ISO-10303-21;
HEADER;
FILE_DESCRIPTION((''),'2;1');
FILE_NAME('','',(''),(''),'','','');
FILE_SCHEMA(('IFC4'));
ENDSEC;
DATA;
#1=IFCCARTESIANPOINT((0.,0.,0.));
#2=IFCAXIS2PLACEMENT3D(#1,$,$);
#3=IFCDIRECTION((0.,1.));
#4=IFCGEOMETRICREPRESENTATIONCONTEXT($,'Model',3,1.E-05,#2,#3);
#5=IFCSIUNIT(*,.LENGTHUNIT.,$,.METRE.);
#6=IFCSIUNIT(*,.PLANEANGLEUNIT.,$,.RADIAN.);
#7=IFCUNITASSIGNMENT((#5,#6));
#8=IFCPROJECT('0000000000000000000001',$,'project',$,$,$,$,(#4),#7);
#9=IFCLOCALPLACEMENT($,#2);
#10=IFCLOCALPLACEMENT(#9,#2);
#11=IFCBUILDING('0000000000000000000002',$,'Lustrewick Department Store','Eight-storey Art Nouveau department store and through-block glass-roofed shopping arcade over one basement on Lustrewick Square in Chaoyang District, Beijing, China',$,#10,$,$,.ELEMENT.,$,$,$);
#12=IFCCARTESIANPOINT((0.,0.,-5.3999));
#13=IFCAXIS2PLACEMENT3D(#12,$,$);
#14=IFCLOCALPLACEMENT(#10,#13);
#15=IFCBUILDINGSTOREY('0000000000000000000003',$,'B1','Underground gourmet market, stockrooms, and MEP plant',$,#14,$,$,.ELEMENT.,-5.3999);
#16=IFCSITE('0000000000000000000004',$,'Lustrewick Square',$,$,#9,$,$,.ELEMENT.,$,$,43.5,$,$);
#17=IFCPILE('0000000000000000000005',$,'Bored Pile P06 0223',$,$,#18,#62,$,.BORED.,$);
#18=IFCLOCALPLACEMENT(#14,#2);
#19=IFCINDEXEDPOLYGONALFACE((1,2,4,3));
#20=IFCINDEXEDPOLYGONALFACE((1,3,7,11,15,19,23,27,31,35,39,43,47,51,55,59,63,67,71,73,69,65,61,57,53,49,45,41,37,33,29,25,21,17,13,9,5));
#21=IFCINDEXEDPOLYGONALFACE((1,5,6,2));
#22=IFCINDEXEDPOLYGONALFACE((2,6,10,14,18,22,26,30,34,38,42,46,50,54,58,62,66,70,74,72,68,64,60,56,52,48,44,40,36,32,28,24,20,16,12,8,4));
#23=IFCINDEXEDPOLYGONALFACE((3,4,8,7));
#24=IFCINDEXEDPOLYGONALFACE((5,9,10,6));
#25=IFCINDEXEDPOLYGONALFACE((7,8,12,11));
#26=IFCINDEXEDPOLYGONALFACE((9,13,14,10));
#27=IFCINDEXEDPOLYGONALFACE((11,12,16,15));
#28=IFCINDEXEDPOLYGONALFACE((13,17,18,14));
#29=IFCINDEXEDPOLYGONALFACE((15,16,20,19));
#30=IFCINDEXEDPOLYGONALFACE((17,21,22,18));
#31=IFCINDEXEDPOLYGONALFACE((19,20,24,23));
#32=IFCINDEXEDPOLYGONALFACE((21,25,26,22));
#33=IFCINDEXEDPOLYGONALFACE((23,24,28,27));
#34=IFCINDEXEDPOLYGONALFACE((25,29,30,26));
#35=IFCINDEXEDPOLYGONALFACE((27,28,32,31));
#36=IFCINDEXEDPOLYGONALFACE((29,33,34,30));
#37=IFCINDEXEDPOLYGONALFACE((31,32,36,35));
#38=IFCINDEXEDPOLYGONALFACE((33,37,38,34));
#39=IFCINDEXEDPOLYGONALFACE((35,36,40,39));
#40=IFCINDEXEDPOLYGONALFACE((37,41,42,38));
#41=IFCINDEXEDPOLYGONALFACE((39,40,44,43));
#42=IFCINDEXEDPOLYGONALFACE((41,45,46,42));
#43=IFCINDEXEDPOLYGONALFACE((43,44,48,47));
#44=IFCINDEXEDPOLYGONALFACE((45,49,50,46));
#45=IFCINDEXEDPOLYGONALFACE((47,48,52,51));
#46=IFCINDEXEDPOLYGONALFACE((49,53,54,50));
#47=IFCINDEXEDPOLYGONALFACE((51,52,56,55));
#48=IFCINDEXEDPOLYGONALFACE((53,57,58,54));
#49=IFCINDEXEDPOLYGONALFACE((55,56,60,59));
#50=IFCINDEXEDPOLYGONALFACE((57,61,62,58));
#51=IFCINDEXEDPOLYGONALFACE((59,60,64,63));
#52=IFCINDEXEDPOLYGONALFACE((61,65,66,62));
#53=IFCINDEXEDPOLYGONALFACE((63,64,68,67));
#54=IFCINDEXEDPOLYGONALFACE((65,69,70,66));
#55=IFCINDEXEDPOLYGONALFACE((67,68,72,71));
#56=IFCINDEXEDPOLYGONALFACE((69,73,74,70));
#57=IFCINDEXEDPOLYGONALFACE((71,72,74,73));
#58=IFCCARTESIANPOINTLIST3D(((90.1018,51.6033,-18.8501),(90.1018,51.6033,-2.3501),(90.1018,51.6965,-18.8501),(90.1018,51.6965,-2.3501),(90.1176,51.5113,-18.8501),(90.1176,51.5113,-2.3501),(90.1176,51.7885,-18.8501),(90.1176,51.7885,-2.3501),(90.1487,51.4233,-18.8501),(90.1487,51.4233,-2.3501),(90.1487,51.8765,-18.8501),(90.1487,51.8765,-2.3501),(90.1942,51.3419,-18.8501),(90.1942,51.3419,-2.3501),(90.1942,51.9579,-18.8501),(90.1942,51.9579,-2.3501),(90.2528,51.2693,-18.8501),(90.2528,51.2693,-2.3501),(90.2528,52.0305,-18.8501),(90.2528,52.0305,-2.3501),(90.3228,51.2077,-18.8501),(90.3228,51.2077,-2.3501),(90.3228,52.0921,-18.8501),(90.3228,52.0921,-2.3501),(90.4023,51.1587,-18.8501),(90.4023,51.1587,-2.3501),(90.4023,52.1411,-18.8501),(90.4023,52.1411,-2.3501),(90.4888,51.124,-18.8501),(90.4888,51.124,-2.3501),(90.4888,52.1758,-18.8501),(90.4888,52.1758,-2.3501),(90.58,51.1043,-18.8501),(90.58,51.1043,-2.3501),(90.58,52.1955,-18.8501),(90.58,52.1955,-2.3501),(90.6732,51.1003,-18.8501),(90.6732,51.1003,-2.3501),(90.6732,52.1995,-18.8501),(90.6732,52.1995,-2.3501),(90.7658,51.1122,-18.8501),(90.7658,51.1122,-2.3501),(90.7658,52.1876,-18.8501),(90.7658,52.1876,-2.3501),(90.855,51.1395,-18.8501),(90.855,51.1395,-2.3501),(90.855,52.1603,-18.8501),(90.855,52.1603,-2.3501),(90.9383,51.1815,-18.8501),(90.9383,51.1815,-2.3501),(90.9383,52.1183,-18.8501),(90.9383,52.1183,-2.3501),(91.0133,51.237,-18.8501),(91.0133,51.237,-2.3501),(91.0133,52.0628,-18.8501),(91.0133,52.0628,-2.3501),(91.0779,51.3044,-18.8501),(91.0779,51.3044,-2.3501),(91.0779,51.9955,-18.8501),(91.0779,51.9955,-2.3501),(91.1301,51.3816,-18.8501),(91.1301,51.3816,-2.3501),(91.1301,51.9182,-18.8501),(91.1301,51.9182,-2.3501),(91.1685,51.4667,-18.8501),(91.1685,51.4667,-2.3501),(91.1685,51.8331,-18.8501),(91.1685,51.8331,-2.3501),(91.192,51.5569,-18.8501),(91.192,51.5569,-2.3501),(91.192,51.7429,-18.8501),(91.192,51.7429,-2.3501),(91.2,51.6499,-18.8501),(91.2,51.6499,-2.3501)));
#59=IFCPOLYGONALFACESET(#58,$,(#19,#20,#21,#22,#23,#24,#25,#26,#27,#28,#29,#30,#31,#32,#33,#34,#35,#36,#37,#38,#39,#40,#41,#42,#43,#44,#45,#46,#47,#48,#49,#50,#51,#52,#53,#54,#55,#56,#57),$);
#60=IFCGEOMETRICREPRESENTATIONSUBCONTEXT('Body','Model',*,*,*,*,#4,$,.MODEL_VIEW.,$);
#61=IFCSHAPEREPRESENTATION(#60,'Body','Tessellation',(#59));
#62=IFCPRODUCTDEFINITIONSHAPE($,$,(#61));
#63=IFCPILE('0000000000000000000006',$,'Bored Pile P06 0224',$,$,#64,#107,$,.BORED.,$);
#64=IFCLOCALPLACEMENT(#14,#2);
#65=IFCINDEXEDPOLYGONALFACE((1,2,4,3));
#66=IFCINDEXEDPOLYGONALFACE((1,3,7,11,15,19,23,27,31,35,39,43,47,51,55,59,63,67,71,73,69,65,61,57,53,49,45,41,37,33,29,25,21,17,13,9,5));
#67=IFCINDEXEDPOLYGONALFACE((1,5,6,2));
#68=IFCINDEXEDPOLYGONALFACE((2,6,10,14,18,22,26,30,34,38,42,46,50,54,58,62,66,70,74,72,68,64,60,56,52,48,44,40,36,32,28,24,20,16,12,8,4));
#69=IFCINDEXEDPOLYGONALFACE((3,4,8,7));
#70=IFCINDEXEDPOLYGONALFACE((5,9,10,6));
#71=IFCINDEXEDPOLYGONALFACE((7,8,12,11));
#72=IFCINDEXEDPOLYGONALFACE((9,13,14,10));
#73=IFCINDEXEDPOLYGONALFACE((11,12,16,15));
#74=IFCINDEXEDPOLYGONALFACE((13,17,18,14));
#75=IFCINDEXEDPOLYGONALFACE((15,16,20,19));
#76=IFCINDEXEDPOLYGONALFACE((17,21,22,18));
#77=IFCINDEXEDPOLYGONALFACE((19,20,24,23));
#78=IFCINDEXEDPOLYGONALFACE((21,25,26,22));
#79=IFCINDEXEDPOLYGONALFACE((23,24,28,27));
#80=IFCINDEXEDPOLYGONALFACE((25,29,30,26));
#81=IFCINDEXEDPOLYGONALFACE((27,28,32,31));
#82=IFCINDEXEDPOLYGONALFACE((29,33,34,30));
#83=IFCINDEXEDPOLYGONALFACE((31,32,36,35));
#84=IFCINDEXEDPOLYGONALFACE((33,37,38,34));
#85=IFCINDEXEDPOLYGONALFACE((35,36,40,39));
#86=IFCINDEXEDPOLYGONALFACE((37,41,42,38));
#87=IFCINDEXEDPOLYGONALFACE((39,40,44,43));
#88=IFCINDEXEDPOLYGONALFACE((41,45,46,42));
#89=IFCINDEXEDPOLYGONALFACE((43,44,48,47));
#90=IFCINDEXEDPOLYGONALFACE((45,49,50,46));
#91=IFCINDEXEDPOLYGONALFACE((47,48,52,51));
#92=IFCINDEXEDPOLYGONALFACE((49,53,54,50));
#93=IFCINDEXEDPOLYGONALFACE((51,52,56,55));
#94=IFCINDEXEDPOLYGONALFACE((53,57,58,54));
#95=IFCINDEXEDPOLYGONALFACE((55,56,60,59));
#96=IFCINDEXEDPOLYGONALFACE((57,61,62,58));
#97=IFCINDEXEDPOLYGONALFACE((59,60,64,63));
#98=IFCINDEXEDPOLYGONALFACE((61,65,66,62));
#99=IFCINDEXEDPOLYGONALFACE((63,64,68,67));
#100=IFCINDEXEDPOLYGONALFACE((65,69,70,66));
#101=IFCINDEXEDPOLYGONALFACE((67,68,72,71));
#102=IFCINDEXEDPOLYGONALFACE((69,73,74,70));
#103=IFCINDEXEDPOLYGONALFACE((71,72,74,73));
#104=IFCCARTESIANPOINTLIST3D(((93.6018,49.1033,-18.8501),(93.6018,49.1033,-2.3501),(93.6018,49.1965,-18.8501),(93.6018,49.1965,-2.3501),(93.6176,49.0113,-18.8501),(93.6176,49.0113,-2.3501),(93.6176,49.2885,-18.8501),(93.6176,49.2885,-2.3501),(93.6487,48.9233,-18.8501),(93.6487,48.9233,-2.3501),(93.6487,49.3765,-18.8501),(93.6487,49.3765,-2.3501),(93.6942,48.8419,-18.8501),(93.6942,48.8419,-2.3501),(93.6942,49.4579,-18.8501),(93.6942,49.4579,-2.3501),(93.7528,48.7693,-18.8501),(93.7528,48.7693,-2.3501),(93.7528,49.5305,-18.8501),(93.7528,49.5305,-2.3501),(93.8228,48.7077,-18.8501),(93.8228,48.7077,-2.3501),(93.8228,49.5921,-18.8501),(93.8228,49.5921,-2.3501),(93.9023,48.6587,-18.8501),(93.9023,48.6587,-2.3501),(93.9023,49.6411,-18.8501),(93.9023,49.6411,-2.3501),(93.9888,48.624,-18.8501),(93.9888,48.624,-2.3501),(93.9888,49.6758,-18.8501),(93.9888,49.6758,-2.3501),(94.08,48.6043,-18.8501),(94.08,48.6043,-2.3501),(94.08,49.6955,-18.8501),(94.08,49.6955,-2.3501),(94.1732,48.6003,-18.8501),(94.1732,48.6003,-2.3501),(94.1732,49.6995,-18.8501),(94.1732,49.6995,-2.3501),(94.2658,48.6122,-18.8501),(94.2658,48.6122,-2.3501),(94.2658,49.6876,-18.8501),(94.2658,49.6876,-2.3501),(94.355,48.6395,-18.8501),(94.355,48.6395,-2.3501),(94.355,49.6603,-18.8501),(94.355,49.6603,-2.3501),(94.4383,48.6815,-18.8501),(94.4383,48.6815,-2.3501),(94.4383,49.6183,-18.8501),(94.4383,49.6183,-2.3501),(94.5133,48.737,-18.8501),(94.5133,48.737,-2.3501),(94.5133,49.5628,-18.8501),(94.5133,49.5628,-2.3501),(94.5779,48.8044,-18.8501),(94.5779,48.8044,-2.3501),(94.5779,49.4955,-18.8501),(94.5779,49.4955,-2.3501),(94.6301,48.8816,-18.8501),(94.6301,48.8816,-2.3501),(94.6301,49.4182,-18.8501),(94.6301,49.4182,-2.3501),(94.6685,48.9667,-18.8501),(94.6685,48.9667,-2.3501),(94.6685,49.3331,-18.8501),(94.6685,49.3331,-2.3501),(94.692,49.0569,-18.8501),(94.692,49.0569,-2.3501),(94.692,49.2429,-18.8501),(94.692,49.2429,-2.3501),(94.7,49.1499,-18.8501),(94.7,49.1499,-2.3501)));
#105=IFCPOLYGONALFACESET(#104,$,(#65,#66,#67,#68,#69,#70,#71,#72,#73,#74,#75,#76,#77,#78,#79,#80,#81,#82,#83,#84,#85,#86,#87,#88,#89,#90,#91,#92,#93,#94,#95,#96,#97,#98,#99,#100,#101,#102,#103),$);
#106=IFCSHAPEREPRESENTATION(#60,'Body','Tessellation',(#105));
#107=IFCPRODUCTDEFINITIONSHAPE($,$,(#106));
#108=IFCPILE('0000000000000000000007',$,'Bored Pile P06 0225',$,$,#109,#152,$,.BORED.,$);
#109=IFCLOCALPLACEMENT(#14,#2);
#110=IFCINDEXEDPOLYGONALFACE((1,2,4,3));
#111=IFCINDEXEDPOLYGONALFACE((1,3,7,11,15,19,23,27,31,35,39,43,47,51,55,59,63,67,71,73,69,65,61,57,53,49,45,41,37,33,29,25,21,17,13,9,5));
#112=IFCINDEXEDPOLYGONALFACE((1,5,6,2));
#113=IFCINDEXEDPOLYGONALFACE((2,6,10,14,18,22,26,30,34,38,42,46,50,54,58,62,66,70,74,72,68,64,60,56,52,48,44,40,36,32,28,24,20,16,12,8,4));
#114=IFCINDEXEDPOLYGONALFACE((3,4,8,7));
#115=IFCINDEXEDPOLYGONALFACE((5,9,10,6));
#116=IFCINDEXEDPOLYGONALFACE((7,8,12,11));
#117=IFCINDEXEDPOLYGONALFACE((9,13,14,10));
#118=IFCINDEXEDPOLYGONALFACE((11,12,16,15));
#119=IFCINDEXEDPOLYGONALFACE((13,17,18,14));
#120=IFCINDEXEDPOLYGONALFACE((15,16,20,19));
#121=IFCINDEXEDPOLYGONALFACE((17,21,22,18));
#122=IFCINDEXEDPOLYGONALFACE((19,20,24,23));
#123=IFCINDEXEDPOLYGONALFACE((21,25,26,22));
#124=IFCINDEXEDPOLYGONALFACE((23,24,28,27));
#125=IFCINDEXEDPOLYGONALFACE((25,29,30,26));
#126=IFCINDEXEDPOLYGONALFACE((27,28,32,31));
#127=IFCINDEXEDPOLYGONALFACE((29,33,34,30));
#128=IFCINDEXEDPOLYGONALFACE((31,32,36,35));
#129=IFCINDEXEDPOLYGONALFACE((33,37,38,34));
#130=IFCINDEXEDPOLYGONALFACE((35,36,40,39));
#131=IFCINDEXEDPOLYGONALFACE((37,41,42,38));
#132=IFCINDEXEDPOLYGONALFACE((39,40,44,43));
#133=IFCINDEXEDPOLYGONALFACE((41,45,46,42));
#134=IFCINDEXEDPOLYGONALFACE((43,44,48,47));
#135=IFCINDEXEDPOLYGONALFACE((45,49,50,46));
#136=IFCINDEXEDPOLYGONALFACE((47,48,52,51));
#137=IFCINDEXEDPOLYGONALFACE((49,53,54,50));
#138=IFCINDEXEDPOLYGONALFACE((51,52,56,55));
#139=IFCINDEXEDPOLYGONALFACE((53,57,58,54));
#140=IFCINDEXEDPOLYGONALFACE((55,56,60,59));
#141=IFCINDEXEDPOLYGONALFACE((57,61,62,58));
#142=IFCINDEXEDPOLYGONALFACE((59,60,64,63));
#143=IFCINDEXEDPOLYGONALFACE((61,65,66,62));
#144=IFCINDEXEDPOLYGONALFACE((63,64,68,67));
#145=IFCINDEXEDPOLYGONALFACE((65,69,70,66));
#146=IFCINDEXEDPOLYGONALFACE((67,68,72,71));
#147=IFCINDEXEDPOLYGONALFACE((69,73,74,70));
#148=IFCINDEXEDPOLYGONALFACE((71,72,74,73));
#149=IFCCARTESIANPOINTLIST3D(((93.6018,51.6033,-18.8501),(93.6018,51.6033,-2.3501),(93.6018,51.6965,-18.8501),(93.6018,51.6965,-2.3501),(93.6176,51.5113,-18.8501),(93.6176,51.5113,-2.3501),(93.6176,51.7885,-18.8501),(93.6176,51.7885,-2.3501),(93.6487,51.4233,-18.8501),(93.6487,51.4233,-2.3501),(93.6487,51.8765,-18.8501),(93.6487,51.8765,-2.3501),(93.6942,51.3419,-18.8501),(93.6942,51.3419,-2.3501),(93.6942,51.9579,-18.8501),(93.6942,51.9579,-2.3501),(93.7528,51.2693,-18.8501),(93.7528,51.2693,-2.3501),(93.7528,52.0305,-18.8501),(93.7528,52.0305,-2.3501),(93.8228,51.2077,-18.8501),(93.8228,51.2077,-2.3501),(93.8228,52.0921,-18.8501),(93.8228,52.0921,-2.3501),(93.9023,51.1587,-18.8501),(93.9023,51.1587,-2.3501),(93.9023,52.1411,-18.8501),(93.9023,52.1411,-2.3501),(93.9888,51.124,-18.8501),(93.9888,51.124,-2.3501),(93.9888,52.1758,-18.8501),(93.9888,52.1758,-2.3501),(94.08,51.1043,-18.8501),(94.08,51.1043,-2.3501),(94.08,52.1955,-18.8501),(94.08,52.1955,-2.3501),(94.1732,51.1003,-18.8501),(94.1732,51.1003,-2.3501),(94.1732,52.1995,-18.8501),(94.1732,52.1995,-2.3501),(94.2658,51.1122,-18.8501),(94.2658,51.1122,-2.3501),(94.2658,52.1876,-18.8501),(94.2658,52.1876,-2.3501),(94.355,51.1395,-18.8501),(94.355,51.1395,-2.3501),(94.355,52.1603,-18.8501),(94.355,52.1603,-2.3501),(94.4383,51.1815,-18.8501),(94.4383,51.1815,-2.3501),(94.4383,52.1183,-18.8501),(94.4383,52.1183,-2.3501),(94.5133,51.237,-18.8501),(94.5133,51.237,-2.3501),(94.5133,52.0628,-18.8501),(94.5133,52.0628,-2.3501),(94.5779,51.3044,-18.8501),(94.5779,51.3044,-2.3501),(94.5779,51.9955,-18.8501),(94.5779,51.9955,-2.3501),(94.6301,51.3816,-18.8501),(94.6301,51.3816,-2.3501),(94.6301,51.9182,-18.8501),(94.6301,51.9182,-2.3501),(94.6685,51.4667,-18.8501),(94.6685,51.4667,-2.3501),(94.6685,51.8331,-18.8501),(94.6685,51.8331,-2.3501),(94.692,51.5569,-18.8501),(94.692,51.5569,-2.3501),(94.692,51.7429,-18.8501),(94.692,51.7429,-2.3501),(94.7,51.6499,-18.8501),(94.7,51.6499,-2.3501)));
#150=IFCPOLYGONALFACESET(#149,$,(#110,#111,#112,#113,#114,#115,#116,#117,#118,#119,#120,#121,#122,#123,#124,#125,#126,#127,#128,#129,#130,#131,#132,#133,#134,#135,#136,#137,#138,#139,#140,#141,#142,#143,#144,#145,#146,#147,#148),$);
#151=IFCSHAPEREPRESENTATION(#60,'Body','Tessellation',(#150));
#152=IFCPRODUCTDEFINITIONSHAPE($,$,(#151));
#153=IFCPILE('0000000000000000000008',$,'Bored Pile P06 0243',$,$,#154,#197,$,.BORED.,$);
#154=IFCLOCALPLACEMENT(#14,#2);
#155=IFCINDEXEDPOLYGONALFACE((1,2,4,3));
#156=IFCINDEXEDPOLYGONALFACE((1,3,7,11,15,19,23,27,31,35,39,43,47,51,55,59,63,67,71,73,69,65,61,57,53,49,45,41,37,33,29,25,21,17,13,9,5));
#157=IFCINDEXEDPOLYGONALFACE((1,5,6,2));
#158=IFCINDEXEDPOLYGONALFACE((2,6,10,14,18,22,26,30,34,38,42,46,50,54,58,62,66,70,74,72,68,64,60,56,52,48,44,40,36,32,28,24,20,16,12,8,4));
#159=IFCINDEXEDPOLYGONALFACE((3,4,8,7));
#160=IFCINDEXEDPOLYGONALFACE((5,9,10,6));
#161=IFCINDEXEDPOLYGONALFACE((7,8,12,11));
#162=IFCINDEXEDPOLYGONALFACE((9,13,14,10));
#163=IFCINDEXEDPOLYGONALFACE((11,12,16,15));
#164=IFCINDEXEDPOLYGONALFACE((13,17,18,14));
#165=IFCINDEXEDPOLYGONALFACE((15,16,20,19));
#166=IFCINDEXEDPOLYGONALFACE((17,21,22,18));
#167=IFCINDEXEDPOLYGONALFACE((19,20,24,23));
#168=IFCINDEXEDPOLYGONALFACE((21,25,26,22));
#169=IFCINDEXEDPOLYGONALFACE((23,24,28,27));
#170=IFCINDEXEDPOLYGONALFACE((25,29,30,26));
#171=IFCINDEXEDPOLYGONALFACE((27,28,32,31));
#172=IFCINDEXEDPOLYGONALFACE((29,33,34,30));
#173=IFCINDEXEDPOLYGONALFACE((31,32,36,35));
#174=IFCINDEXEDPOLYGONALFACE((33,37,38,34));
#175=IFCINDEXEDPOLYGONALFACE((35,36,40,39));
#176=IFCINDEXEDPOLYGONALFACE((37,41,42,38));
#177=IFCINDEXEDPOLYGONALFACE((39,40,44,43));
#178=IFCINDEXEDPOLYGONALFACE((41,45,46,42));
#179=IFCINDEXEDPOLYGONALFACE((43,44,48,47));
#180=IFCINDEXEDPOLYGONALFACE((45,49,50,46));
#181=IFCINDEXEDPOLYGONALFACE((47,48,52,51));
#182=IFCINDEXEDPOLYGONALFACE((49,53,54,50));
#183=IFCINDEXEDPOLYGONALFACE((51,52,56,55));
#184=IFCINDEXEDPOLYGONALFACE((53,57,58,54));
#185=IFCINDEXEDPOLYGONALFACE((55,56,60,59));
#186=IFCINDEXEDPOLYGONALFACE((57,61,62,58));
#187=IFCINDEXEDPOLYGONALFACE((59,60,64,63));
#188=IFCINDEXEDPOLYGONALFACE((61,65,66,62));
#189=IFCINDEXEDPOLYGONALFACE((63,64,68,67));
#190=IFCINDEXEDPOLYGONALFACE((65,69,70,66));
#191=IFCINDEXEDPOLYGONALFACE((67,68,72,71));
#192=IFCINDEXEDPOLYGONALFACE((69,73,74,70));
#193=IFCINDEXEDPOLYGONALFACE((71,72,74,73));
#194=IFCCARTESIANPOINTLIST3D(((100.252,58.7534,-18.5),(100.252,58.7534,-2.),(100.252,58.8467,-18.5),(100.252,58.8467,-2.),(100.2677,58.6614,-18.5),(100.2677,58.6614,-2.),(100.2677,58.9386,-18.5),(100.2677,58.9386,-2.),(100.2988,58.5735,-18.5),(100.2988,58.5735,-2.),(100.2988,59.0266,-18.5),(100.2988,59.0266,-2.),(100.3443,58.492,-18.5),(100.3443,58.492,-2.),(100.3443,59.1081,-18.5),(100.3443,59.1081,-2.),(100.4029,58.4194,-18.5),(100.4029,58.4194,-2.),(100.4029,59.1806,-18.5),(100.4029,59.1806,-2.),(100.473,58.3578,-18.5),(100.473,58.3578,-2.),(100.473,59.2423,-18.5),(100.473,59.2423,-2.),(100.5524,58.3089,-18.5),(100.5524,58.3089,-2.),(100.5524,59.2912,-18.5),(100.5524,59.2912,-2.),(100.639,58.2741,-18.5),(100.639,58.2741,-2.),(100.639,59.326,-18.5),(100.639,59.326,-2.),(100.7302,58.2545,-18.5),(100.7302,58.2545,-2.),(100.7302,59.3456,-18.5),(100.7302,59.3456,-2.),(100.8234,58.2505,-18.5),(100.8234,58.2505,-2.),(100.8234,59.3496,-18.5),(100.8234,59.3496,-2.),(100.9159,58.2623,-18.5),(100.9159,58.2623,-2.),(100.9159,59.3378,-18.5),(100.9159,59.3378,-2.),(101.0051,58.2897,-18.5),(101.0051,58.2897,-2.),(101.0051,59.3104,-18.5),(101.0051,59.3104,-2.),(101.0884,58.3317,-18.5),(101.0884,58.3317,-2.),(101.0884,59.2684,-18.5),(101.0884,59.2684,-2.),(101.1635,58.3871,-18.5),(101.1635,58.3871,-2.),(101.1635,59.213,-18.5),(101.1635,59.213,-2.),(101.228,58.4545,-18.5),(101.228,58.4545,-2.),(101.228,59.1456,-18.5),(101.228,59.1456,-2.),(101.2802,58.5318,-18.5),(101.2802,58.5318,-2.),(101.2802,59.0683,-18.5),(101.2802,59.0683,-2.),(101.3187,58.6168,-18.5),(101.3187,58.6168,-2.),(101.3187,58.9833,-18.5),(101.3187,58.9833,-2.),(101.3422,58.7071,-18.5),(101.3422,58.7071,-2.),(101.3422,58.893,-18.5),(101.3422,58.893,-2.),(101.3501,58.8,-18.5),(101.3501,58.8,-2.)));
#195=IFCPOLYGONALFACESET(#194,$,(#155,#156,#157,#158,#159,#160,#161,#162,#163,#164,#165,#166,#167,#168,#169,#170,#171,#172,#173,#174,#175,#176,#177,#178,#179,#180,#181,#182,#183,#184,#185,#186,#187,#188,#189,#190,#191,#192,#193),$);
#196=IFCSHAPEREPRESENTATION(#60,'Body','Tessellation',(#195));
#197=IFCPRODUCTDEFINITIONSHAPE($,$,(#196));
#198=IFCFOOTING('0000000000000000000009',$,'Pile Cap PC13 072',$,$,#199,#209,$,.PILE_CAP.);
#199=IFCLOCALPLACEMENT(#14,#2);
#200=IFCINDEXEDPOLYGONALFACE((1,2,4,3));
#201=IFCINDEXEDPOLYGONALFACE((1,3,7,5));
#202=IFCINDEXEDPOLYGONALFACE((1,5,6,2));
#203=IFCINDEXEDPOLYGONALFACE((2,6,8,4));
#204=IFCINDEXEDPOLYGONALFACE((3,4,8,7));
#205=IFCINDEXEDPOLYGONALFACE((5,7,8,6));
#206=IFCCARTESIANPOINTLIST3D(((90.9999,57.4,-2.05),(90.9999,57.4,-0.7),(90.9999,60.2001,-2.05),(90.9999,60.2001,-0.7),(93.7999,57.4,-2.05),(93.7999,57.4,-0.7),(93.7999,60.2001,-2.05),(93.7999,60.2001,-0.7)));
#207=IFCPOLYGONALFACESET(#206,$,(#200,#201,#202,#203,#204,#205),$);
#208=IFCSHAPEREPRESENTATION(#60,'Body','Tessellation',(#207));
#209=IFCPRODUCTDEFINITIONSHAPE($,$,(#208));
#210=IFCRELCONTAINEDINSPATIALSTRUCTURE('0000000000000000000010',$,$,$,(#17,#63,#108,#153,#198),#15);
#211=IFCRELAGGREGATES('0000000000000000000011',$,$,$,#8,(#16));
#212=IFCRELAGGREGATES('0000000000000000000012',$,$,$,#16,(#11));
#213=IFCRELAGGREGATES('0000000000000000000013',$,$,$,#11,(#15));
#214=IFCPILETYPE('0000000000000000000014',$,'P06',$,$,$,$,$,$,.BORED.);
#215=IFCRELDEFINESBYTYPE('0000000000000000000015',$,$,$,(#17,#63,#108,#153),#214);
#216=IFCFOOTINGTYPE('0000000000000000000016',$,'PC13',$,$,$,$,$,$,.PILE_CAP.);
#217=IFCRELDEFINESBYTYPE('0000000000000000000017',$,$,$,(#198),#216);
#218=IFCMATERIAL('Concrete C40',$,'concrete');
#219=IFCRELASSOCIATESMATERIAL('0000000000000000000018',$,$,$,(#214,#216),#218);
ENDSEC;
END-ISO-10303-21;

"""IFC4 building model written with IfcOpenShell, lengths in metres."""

from ifc_helpers import new_model, si_unit, direction, frame, origin, origin_2d, place, context, subcontext, project, spatial, rectangle, circle, extrude, material, material_profile, profile_set, type_object, element, save


model = new_model("IFC4")

# Units and contexts
model_context = context("Model", 3, precision=1e-05, world=origin(), true_north=direction((0.0, 1.0)))
body_context = subcontext(model_context, "Body", "Model", "MODEL_VIEW")
ifc_project = project(units=[si_unit("LENGTHUNIT", "METRE"), si_unit("PLANEANGLEUNIT", "RADIAN")], contexts=[model_context])

# Site, building, storey
site_placement = place(None, origin())
site = spatial("IfcSite", under=ifc_project, at=site_placement, Name="Lustrewick Square", CompositionType="ELEMENT", RefElevation=43.5)
building_placement = place(site_placement, origin())
building = spatial("IfcBuilding", under=site, at=building_placement, Name="Lustrewick Department Store", Description="Eight-storey Art Nouveau department store and through-block glass-roofed shopping arcade over one basement on Lustrewick Square in Chaoyang District, Beijing, China", CompositionType="ELEMENT")
storey_placement = place(building_placement, frame((0.0, 0.0, -5.3999)))
storey = spatial("IfcBuildingStorey", under=building, at=storey_placement, Name="B1", Description="Underground gourmet market, stockrooms, and MEP plant", CompositionType="ELEMENT", Elevation=-5.3999)

# Piles
ifc_material_1 = material(Name="Concrete C40", Category="concrete")
ifc_material_profile_1 = material_profile(ifc_material_1, circle(Radius=0.55, at=origin_2d()), Name="PILE D1100")
ifc_profile_set_1 = profile_set([ifc_material_profile_1], Name="Concrete C40")
pile_type_1 = type_object("IfcPileType", Name="P06", PredefinedType="BORED", material=ifc_profile_set_1)
for number, where, z_axis, x_axis, name in (
    (1, (90.6499, 51.6499, -2.3501), (0.0, 0.0, -1.0), (1.0, 0.0, 0.0), "Bored Pile P06 0223"),
    (2, (94.1499, 49.1499, -2.3501), (0.0, 0.0, -1.0), (1.0, 0.0, 0.0), "Bored Pile P06 0224"),
    (3, (94.1499, 51.6499, -2.3501), (0.0, 0.0, -1.0), (1.0, 0.0, 0.0), "Bored Pile P06 0225"),
    (4, (100.8, 58.8, -2.0), (0.0, 0.0, -1.0), (1.0, 0.0, 0.0), "Bored Pile P06 0243"),
):
    element("IfcPile", number, at=place(storey_placement, frame(where, z_axis=z_axis, x_axis=x_axis)), inside=storey, type_object=pile_type_1, Name=name, PredefinedType="BORED", context=body_context, shape_type="SweptSolid", body=[
        extrude(circle(Radius=0.55, at=origin_2d()), origin(), (0.0, 0.0, 1.0), 16.5),
    ])

# Footing
footing_type_1 = type_object("IfcFootingType", Name="PC13", PredefinedType="PILE_CAP", material=ifc_material_1)
for number, where, z_axis, x_axis, name in (
    (5, (92.3999, 58.8, -2.05), (0.0, 0.0, 1.0), (1.0, 0.0, 0.0), "Pile Cap PC13 072"),
):
    element("IfcFooting", number, at=place(storey_placement, frame(where, z_axis=z_axis, x_axis=x_axis)), inside=storey, type_object=footing_type_1, Name=name, PredefinedType="PILE_CAP", context=body_context, shape_type="SweptSolid", body=[
        extrude(rectangle(XDim=2.8, YDim=2.8, at=origin_2d()), origin(), (0.0, 0.0, 1.0), 1.3501),
    ])

save(model, "model.ifc")
